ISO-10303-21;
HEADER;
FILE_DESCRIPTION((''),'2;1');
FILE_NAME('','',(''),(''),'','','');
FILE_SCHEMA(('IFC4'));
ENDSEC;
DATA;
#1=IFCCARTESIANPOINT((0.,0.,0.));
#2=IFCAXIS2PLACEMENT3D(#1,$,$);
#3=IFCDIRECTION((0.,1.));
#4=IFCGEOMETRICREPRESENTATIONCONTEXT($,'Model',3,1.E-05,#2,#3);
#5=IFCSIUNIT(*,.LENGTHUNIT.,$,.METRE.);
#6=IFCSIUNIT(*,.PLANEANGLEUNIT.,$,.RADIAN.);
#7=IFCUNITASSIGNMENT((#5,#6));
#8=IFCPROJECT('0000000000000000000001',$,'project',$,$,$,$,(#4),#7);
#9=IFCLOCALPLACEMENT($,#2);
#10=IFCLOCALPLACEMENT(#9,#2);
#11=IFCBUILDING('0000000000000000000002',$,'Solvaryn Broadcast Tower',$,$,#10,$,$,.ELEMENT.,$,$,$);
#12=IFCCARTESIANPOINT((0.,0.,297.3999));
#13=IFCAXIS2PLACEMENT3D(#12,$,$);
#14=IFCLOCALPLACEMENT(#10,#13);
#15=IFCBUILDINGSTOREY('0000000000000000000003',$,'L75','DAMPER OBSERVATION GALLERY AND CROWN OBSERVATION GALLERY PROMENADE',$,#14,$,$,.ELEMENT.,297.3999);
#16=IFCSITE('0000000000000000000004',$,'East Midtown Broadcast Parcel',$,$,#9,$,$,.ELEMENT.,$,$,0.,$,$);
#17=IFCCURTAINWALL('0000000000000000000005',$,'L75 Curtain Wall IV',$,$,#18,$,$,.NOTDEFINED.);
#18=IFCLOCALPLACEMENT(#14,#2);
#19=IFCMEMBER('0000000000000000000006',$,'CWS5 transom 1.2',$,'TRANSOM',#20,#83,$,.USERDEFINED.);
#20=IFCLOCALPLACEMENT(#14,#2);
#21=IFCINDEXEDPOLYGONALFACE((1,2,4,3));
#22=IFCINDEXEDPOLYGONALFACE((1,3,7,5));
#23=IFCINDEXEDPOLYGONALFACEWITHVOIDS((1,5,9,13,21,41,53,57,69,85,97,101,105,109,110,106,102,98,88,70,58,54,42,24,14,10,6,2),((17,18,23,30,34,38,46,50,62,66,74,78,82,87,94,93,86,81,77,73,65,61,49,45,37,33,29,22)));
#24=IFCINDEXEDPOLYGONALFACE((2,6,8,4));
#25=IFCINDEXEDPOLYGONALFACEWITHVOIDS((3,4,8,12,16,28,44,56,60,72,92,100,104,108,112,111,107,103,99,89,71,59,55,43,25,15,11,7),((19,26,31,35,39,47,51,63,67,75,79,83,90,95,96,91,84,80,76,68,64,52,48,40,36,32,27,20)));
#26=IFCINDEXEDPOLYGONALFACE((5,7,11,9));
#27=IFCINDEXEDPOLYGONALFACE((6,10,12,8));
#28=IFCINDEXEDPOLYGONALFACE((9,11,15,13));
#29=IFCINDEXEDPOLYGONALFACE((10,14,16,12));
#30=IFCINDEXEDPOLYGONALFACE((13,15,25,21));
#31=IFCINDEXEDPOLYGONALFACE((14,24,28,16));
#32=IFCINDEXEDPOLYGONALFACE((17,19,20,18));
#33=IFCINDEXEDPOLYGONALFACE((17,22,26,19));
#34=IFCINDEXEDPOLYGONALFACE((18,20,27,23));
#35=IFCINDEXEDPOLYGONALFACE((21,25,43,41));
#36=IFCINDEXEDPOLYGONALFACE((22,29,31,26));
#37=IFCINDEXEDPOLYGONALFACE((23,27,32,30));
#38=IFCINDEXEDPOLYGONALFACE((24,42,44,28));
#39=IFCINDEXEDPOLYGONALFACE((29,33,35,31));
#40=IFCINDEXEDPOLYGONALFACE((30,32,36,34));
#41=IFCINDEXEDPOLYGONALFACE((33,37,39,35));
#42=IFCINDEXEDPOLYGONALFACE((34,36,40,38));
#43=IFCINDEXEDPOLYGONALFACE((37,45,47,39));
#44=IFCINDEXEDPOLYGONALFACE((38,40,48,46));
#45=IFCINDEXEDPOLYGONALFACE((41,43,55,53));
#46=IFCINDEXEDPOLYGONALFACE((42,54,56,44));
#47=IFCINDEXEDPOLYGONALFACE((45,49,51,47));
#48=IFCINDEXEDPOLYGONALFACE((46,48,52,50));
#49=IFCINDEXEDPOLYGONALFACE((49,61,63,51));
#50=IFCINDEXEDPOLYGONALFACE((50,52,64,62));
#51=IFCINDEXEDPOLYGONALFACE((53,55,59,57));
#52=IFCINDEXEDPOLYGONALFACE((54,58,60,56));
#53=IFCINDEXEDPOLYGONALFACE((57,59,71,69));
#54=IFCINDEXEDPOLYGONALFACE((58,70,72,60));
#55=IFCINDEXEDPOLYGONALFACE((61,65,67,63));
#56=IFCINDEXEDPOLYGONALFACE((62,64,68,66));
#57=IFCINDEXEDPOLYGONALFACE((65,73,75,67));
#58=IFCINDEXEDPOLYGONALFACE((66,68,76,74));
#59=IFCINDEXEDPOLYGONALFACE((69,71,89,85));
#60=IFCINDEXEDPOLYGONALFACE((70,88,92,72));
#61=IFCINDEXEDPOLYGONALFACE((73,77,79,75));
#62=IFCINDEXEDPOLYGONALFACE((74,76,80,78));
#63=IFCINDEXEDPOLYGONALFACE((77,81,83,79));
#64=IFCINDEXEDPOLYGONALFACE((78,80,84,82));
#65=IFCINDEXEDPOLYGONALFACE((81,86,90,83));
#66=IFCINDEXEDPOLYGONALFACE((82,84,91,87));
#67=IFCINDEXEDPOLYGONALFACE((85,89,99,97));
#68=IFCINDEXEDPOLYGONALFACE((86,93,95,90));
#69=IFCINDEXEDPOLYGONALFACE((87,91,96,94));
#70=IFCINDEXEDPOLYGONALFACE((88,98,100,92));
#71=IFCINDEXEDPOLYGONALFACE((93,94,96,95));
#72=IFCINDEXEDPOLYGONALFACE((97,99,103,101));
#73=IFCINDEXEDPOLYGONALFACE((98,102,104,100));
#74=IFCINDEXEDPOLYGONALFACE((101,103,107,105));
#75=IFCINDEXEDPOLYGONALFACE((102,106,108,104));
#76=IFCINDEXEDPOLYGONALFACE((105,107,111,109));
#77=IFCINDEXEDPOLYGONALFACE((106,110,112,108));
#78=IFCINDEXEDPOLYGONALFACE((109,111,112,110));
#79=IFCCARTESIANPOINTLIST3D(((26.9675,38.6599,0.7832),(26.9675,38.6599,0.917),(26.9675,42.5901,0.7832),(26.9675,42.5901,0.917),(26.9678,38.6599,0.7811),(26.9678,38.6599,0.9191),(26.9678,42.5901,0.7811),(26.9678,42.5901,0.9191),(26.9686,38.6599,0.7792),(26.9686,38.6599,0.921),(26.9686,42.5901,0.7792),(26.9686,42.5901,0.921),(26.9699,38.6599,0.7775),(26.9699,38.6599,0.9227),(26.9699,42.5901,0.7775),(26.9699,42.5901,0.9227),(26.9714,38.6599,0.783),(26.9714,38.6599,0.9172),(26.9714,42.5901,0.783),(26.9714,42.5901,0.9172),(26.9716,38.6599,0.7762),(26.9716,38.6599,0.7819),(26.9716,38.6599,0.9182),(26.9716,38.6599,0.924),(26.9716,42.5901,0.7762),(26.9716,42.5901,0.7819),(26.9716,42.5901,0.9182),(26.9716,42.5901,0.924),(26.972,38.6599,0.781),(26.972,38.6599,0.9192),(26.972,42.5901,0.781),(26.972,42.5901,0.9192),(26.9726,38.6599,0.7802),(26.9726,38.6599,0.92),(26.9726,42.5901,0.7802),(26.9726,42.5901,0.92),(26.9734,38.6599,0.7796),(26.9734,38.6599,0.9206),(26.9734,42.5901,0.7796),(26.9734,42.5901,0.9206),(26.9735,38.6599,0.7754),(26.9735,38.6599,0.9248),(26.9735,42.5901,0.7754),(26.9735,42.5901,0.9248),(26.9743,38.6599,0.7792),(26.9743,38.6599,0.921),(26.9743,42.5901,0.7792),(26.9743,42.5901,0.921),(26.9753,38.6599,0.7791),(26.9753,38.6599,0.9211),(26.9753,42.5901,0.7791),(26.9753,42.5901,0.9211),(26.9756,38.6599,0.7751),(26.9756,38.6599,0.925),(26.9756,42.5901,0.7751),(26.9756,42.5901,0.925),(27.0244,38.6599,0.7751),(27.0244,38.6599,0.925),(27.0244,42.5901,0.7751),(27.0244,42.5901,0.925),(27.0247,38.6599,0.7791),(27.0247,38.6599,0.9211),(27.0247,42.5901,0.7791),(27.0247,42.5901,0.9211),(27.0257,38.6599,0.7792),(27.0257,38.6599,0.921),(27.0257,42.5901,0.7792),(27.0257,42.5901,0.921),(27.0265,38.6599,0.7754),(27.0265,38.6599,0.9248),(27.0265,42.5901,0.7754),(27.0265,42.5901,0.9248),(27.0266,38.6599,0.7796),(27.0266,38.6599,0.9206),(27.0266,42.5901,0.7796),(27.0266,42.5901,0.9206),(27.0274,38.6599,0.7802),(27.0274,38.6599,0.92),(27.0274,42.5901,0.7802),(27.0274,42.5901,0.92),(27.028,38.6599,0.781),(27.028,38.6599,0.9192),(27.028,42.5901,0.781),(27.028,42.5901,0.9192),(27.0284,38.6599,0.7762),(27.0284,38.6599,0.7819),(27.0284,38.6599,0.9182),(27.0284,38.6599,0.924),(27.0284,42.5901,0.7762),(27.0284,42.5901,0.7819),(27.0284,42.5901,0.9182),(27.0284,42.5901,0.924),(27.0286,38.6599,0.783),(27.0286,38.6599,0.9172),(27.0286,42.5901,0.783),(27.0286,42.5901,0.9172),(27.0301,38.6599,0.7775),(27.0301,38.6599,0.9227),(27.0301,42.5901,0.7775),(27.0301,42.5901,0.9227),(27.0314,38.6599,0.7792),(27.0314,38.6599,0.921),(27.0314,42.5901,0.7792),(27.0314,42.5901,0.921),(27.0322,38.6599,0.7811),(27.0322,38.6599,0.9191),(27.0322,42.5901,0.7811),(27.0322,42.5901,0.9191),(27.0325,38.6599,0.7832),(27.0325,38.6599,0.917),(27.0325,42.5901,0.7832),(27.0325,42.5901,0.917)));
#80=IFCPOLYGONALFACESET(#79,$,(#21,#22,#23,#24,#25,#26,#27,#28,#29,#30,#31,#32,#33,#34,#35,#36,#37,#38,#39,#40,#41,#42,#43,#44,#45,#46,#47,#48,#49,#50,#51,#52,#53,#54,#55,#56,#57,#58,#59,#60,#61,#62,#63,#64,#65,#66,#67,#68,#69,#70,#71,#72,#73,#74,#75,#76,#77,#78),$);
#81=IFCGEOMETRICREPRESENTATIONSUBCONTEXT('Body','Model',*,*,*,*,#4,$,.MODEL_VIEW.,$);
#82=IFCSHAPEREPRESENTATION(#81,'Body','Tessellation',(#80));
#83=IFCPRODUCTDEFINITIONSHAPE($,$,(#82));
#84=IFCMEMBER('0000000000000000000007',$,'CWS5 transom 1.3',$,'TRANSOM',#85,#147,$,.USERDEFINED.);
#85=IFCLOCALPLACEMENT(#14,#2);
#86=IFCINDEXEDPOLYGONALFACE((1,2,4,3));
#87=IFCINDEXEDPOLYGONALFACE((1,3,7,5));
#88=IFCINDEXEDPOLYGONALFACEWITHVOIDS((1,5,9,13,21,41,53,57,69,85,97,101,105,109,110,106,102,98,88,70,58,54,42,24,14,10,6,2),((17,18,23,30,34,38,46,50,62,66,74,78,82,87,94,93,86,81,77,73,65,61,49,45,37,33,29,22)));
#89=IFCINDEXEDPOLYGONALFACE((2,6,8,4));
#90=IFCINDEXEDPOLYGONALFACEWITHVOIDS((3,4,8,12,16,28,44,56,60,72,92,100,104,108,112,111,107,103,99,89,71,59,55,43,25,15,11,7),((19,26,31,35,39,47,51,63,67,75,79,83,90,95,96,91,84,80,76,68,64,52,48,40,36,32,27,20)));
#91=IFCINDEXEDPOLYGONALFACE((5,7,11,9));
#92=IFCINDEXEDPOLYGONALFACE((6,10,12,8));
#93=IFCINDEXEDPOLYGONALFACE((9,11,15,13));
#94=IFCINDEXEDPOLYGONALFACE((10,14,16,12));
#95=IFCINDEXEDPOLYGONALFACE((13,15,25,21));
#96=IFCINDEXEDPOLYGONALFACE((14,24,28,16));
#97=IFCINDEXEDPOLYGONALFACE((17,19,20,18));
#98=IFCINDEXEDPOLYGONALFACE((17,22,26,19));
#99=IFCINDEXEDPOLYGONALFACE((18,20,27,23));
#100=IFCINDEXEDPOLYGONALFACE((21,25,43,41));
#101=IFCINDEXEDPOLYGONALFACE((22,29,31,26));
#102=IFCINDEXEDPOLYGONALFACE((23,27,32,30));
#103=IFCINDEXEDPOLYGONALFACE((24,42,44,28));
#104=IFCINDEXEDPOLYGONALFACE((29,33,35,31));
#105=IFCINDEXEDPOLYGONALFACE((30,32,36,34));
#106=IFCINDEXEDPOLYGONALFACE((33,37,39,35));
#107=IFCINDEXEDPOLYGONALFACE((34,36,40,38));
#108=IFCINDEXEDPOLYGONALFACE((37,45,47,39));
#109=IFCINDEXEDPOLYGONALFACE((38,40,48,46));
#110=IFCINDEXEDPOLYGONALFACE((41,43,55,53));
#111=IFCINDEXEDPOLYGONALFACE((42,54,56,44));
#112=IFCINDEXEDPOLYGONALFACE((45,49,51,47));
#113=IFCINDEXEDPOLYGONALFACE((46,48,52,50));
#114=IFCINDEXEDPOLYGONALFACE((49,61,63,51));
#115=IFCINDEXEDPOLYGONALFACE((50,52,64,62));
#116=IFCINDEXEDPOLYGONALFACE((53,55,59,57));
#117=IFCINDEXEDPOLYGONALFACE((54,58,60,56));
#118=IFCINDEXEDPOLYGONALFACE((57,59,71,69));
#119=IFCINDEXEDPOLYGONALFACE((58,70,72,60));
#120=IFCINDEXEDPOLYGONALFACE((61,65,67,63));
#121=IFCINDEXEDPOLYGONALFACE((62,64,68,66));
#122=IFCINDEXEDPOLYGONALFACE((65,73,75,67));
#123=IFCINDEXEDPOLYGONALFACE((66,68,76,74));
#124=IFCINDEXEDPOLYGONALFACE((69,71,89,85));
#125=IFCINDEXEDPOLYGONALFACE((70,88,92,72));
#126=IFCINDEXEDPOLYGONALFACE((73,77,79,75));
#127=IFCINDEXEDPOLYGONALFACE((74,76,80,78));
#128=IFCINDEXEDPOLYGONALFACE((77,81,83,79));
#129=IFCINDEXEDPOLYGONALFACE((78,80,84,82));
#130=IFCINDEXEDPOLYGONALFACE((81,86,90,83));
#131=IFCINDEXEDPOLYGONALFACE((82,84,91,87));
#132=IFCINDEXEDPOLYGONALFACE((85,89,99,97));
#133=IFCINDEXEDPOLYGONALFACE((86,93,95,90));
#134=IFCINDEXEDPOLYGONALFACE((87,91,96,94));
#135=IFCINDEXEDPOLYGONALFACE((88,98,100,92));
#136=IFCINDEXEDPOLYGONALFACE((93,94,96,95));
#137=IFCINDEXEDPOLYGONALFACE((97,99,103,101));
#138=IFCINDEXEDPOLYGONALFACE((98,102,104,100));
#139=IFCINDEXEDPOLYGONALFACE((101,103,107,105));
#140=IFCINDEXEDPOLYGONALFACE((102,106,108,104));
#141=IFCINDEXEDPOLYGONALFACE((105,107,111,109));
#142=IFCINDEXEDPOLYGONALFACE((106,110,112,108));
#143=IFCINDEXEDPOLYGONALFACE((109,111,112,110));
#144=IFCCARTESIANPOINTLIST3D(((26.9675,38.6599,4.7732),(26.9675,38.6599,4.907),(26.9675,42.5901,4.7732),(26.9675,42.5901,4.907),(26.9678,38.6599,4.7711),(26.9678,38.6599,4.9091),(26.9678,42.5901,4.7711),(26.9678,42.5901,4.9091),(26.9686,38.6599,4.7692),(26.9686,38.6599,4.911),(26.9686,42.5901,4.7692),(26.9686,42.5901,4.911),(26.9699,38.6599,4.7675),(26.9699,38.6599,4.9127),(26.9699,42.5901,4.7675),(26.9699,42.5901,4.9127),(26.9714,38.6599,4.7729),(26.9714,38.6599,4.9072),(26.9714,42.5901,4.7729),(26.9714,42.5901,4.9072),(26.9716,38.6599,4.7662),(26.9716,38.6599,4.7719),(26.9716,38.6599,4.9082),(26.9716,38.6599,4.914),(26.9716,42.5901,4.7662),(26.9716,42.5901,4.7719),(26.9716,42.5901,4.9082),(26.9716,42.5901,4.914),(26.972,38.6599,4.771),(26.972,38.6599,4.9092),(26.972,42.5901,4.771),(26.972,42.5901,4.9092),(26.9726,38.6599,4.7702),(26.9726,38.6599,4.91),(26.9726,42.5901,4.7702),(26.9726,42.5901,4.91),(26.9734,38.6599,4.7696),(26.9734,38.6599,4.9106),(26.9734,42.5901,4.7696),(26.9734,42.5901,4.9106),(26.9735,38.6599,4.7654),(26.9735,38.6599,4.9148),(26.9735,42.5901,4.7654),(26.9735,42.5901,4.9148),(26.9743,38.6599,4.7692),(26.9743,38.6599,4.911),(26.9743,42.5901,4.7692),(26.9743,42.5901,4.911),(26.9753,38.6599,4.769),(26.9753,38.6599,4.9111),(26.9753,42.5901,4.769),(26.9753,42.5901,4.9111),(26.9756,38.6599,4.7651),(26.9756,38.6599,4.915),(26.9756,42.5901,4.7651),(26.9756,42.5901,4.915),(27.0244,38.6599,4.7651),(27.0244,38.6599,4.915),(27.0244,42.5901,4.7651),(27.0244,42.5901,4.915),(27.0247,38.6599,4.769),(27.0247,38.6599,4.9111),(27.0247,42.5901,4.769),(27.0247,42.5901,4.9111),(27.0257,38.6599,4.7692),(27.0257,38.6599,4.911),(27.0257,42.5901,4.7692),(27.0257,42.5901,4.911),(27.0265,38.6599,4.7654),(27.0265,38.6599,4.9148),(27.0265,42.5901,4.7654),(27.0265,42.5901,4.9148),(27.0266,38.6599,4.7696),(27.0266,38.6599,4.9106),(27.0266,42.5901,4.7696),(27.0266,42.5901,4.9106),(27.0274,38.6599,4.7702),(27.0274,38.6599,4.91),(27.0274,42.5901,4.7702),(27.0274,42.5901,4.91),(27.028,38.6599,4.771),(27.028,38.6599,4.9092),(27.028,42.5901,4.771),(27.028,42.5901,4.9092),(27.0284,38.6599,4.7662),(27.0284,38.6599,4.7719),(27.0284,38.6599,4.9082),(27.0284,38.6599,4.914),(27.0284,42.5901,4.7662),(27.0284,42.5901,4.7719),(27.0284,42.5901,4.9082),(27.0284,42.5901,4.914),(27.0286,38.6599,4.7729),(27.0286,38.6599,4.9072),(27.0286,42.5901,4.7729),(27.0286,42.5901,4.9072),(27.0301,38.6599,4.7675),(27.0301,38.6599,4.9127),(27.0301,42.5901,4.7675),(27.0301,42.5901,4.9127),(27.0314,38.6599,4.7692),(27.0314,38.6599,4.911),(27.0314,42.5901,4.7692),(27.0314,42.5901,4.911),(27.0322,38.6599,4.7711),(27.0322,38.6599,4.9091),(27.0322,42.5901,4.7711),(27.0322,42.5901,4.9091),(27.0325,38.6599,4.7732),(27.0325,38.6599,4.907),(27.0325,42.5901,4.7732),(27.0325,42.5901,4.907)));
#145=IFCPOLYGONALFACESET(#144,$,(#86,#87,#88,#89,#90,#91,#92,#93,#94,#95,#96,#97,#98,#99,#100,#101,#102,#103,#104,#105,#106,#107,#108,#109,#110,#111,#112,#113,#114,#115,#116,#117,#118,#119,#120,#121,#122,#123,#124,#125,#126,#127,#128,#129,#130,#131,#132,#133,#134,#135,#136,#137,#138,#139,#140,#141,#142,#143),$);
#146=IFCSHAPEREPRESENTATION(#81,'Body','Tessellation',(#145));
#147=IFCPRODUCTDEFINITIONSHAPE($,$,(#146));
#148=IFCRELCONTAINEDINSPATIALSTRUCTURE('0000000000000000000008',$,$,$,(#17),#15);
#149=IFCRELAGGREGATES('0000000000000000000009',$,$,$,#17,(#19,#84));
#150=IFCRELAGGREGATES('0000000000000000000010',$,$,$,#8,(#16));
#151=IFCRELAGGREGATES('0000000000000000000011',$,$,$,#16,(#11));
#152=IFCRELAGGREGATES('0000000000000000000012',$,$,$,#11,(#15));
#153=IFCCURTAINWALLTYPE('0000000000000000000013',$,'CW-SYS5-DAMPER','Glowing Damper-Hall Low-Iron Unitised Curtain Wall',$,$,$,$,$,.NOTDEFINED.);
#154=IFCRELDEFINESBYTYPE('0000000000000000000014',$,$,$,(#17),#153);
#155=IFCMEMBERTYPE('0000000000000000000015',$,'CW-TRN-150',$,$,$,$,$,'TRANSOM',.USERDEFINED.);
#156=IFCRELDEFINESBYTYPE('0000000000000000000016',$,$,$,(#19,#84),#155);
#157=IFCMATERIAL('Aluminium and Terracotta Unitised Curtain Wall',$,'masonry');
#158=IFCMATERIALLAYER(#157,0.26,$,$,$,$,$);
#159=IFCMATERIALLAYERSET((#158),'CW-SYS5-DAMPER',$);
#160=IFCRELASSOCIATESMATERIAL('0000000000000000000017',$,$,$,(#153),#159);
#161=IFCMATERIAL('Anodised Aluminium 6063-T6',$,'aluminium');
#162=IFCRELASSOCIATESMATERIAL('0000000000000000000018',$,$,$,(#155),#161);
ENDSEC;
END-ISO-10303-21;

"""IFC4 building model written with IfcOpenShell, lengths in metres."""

from ifc_helpers import new_model, si_unit, direction, frame, origin, origin_2d, place, context, subcontext, project, spatial, hollow_rectangle, extrude, material, layer, layer_set, material_profile, profile_set, type_object, element, aggregate, save


model = new_model("IFC4")

# Units and contexts
model_context = context("Model", 3, precision=1e-05, world=origin(), true_north=direction((0.0, 1.0)))
body_context = subcontext(model_context, "Body", "Model", "MODEL_VIEW")
ifc_project = project(units=[si_unit("LENGTHUNIT", "METRE"), si_unit("PLANEANGLEUNIT", "RADIAN")], contexts=[model_context])

# Site, building, storey
site_placement = place(None, origin())
site = spatial("IfcSite", under=ifc_project, at=site_placement, Name="East Midtown Broadcast Parcel", CompositionType="ELEMENT", RefElevation=0.0)
building_placement = place(site_placement, origin())
building = spatial("IfcBuilding", under=site, at=building_placement, Name="Solvaryn Broadcast Tower", CompositionType="ELEMENT")
storey_placement = place(building_placement, frame((0.0, 0.0, 297.3999)))
storey = spatial("IfcBuildingStorey", under=building, at=storey_placement, Name="L75", Description="DAMPER OBSERVATION GALLERY AND CROWN OBSERVATION GALLERY PROMENADE", CompositionType="ELEMENT", Elevation=297.3999)

# Curtain wall
ifc_material_1 = material(Name="Aluminium and Terracotta Unitised Curtain Wall", Category="masonry")
ifc_layer_1 = layer(ifc_material_1, 0.26)
ifc_layer_set_1 = layer_set([ifc_layer_1], Name="CW-SYS5-DAMPER")
curtain_wall_type = type_object("IfcCurtainWallType", Name="CW-SYS5-DAMPER", Description="Glowing Damper-Hall Low-Iron Unitised Curtain Wall", PredefinedType="NOTDEFINED", material=ifc_layer_set_1)
curtain_wall_1_placement = place(storey_placement, origin())
curtain_wall_1 = element("IfcCurtainWall", 1, at=curtain_wall_1_placement, inside=storey, type_object=curtain_wall_type, Name="L75 Curtain Wall IV", PredefinedType="NOTDEFINED")

# Members
ifc_material_2 = material(Name="Anodised Aluminium 6063-T6", Category="aluminium")
ifc_material_profile_1 = material_profile(ifc_material_2, hollow_rectangle(XDim=0.0649, YDim=0.1499, WallThickness=0.0039, InnerFilletRadius=0.0039, OuterFilletRadius=0.0081, at=origin_2d()))
ifc_profile_set_1 = profile_set([ifc_material_profile_1], Name="Anodised Aluminium 6063-T6")
member_type_1 = type_object("IfcMemberType", Name="CW-TRN-150", ElementType="TRANSOM", PredefinedType="USERDEFINED", material=ifc_profile_set_1)
member_1_placement = place(storey_placement, frame((27.0, 42.5901, 0.8501), z_axis=(0.0, -1.0, 0.0), x_axis=(1.0, 0.0, 0.0)))
member_1 = element("IfcMember", 2, at=member_1_placement, type_object=member_type_1, Name="CWS5 transom 1.2", ObjectType="TRANSOM", PredefinedType="USERDEFINED", context=body_context, shape_type="SweptSolid", body=[
    extrude(hollow_rectangle(XDim=0.0649, YDim=0.1499, WallThickness=0.0039, InnerFilletRadius=0.0039, OuterFilletRadius=0.0081, at=origin_2d()), origin(), (0.0, 0.0, 1.0), 3.9302),
])
member_2_placement = place(storey_placement, frame((27.0, 42.5901, 4.8401), z_axis=(0.0, -1.0, 0.0), x_axis=(1.0, 0.0, 0.0)))
member_2 = element("IfcMember", 3, at=member_2_placement, type_object=member_type_1, Name="CWS5 transom 1.3", ObjectType="TRANSOM", PredefinedType="USERDEFINED", context=body_context, shape_type="SweptSolid", body=[
    extrude(hollow_rectangle(XDim=0.0649, YDim=0.1499, WallThickness=0.0039, InnerFilletRadius=0.0039, OuterFilletRadius=0.0081, at=origin_2d()), origin(), (0.0, 0.0, 1.0), 3.9302),
])
aggregate(curtain_wall_1, [member_1, member_2])

save(model, "model.ifc")
